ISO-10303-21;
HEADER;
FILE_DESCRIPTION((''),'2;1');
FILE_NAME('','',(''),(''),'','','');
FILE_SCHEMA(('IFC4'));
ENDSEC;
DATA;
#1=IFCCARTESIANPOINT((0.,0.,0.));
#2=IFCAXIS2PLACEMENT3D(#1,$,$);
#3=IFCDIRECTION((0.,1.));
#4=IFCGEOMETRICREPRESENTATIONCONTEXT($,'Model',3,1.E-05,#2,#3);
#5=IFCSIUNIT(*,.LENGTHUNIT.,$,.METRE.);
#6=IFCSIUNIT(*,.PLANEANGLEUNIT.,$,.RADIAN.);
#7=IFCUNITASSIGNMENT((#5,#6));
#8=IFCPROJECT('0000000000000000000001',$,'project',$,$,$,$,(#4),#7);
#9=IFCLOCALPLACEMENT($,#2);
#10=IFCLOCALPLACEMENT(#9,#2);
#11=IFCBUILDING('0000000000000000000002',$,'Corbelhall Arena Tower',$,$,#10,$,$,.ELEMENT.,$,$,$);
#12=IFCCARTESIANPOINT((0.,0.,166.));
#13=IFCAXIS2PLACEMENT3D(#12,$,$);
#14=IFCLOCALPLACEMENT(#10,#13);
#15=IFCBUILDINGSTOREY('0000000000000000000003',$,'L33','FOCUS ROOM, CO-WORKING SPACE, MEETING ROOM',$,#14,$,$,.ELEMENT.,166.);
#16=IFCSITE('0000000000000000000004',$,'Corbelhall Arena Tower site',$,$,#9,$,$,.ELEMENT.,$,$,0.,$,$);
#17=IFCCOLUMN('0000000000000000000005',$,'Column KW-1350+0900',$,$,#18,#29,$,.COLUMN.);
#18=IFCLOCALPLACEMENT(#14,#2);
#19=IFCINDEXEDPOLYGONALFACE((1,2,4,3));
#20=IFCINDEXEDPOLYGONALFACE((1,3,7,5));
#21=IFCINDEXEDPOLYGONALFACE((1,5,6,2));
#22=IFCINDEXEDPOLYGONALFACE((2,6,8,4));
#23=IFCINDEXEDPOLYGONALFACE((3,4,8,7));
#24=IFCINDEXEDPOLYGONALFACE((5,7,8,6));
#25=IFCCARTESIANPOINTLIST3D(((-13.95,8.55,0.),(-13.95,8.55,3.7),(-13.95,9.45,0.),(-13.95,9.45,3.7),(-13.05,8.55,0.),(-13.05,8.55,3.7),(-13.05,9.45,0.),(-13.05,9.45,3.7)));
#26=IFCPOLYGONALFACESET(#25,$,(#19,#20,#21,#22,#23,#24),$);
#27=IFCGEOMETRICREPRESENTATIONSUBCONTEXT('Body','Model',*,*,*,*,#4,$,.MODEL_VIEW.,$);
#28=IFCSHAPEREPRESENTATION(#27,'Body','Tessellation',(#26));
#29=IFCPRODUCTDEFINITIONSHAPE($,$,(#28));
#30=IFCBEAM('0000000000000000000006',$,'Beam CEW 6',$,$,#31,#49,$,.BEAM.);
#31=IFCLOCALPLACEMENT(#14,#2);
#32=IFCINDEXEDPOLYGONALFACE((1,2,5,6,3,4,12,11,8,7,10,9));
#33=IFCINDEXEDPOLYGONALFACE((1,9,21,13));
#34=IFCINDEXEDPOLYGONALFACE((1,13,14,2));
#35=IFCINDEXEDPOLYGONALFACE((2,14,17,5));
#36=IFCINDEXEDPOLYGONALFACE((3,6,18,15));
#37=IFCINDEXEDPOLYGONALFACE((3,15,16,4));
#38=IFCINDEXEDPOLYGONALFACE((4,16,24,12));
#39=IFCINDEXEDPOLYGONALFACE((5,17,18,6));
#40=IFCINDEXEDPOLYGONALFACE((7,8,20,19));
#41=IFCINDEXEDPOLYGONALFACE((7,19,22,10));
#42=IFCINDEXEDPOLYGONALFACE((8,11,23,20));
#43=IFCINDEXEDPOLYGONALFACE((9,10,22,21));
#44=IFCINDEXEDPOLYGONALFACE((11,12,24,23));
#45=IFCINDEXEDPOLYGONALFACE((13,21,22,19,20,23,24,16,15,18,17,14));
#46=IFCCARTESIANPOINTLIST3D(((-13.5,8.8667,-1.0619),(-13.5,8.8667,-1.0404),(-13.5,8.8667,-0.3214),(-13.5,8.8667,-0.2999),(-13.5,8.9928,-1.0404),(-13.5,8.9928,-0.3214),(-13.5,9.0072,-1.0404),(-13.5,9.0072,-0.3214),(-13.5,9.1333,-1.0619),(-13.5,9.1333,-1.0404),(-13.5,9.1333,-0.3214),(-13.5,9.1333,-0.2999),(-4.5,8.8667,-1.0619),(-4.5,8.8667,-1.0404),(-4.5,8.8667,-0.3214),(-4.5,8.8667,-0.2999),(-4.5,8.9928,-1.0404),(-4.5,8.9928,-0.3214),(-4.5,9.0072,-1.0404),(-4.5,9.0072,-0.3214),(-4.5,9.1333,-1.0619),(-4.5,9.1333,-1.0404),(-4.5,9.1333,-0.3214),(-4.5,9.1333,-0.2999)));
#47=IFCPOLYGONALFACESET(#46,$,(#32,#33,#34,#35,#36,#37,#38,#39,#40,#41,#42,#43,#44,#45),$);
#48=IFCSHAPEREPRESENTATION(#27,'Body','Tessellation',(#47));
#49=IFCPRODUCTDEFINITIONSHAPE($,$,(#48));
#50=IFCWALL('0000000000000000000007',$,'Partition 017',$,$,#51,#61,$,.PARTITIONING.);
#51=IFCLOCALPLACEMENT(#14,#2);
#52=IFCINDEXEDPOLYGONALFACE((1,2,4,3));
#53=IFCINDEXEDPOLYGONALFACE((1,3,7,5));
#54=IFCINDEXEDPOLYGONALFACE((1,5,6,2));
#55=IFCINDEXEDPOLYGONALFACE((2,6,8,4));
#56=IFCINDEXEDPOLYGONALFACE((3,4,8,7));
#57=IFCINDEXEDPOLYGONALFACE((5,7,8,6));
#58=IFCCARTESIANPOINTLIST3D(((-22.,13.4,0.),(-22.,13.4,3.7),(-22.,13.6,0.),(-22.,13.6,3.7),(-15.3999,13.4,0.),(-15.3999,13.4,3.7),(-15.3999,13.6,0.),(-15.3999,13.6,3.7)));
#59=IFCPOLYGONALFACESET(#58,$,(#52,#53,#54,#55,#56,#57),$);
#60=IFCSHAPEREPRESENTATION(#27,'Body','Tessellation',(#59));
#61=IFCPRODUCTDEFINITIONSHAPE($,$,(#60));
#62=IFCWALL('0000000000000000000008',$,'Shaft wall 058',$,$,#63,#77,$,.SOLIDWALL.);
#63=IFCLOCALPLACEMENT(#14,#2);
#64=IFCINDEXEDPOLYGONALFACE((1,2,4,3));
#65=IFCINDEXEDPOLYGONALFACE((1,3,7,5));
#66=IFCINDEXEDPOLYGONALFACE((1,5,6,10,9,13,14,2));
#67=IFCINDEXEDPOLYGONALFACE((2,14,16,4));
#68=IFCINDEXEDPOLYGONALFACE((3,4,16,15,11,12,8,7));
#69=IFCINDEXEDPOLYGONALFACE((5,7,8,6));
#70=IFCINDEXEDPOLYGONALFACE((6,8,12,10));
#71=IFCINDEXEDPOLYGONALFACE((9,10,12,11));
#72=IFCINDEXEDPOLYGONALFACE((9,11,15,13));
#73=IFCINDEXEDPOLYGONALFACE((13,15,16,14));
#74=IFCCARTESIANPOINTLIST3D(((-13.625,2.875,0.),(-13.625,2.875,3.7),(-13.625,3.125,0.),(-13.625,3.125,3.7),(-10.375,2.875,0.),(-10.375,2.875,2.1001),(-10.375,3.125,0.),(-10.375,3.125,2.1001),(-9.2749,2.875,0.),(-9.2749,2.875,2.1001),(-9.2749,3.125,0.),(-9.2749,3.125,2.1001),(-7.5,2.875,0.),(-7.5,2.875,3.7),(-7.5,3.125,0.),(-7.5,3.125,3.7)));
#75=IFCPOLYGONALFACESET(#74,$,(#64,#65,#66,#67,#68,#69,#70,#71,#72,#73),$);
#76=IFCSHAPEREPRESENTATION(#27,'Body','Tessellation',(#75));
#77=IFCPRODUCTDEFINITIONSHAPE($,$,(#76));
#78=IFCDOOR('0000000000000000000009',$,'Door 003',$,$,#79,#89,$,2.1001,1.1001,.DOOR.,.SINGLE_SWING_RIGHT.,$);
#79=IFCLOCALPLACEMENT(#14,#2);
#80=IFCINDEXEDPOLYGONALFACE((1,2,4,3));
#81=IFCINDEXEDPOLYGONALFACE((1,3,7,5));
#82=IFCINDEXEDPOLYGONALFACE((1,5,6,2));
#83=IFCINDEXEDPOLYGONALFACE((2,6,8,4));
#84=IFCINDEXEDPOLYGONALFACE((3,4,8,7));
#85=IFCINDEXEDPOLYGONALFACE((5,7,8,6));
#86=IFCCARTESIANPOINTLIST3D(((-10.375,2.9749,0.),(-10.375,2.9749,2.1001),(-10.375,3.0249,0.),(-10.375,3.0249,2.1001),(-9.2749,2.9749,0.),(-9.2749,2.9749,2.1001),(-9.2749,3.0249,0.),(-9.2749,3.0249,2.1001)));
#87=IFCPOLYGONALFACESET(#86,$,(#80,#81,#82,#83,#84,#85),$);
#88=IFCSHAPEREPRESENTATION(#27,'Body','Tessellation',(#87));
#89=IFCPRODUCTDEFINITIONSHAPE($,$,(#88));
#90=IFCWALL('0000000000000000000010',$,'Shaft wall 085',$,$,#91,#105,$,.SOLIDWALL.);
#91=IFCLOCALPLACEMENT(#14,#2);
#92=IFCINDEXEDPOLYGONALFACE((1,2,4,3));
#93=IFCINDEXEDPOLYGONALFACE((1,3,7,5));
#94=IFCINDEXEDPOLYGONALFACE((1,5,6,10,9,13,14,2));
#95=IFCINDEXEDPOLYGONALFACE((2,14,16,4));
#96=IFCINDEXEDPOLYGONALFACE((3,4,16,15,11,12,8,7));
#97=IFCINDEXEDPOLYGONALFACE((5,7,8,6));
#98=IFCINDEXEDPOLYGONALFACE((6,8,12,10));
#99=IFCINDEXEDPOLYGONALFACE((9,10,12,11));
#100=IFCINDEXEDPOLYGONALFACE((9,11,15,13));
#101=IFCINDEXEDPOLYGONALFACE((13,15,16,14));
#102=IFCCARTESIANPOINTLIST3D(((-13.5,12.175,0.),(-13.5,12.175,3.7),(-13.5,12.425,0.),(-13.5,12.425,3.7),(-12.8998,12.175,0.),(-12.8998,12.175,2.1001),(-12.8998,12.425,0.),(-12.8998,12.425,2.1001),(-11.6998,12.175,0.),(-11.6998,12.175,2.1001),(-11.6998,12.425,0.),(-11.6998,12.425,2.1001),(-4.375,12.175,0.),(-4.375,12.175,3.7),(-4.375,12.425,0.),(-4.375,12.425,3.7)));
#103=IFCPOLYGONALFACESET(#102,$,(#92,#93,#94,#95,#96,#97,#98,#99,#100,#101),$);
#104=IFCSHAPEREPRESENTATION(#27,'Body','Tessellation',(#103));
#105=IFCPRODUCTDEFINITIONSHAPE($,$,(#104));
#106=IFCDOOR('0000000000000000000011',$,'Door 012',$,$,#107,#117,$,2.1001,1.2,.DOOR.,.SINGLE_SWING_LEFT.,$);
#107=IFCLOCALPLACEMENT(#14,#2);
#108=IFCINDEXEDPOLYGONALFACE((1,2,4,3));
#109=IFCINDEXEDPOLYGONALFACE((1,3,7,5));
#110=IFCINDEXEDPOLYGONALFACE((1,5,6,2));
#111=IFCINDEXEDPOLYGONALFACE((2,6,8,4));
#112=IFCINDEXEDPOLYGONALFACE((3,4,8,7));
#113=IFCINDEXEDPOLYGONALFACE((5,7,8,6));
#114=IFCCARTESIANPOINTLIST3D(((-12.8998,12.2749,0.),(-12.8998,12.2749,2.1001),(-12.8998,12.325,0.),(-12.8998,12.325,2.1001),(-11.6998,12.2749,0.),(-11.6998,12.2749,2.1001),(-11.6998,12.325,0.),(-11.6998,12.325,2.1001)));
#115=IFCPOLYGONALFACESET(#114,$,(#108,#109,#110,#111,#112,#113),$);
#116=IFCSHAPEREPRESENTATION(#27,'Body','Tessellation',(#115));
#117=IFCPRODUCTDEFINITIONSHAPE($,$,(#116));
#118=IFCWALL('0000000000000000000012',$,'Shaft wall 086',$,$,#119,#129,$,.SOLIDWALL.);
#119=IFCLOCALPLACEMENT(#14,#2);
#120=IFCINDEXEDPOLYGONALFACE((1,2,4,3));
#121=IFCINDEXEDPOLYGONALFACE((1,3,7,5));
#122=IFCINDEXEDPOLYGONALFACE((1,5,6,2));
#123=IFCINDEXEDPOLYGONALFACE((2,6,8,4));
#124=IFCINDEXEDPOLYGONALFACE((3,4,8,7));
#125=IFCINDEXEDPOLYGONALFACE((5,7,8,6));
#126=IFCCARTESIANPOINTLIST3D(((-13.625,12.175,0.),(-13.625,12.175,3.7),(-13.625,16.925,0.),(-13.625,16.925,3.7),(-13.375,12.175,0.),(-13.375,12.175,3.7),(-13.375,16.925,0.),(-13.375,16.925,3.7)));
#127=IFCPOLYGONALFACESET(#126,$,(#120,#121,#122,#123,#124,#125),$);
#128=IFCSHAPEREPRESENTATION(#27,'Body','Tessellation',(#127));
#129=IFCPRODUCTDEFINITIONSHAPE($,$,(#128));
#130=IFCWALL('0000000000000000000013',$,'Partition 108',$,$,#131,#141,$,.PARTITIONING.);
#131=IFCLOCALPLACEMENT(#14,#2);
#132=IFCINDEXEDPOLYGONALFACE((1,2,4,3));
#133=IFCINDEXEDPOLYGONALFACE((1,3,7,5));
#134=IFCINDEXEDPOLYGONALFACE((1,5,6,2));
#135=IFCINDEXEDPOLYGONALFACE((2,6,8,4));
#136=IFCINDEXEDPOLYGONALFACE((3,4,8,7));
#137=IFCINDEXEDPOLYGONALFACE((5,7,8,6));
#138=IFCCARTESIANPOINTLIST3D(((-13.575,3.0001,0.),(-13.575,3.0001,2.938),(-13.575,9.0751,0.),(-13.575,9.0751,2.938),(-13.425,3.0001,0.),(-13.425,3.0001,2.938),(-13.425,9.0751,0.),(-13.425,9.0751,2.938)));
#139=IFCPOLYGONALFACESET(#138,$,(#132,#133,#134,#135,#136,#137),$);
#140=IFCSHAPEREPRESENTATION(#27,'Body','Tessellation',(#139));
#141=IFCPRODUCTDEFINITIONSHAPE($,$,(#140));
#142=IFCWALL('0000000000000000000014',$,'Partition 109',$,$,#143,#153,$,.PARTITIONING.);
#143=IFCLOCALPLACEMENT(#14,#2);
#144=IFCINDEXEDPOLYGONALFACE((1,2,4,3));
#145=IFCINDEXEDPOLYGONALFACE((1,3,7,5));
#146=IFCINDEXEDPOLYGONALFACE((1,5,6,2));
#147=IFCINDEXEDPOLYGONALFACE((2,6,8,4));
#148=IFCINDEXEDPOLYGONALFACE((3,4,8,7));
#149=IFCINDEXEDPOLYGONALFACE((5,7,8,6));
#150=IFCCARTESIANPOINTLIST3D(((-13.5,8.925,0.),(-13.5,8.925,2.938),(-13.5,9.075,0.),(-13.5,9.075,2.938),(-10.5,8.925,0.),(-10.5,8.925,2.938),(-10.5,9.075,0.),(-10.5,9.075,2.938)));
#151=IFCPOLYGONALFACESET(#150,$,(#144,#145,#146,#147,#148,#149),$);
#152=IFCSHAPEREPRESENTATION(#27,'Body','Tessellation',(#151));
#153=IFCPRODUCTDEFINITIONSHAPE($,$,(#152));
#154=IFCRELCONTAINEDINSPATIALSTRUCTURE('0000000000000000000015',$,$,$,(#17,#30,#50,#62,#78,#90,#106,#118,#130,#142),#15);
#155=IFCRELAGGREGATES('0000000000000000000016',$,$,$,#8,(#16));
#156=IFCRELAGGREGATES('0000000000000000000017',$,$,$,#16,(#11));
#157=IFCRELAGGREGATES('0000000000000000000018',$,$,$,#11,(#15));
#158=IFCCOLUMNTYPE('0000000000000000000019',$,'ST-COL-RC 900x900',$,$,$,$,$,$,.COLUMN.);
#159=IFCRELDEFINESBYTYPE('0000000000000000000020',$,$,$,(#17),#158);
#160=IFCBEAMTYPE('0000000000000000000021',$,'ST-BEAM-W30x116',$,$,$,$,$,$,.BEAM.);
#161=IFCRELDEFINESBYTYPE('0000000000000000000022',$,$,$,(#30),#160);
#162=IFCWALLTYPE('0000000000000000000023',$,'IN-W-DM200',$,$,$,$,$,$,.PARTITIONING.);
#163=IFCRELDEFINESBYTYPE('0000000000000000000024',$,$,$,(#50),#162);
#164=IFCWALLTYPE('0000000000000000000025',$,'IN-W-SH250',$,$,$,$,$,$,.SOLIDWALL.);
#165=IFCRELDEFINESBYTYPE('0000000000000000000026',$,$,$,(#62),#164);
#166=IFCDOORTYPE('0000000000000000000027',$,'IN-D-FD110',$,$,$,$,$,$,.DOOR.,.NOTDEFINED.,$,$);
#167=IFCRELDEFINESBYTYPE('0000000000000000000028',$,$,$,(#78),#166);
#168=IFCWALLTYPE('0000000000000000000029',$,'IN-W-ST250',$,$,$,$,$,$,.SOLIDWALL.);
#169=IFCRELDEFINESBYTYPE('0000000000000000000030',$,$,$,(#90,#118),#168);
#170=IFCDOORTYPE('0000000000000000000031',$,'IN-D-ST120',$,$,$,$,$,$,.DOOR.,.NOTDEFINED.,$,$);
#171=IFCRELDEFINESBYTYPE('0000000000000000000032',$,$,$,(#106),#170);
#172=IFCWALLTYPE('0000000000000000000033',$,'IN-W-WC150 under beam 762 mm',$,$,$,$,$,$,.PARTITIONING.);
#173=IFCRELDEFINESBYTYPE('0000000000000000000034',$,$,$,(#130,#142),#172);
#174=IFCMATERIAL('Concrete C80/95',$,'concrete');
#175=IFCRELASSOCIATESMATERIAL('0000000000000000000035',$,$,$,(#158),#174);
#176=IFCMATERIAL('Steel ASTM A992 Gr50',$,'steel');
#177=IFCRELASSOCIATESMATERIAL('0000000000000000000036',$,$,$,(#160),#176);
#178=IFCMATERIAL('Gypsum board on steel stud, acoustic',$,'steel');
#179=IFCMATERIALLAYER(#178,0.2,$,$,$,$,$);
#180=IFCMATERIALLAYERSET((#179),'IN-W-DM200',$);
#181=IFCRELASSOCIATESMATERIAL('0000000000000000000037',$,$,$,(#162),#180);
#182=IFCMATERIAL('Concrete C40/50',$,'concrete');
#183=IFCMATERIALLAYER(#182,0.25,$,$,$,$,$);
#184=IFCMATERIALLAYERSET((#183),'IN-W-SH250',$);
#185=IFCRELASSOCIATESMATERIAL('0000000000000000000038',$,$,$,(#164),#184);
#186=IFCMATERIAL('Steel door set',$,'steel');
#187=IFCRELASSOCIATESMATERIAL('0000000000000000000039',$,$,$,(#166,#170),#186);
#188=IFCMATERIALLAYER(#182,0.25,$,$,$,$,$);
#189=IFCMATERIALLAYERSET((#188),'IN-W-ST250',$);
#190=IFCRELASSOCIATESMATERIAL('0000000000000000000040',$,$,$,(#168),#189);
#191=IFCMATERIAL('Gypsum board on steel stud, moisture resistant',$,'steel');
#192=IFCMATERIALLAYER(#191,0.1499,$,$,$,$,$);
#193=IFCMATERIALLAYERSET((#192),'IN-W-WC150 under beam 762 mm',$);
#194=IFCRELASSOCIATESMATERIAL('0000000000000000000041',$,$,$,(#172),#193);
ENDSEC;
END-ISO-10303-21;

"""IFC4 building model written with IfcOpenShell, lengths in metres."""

from ifc_helpers import new_model, si_unit, direction, frame, frame_2d, origin, origin_2d, place, context, subcontext, project, spatial, rectangle, i_section, extrude, material, layer, layer_set, material_profile, profile_set, type_object, element, fill, save


model = new_model("IFC4")

# Units and contexts
model_context = context("Model", 3, precision=1e-05, world=origin(), true_north=direction((0.0, 1.0)))
body_context = subcontext(model_context, "Body", "Model", "MODEL_VIEW")
ifc_project = project(units=[si_unit("LENGTHUNIT", "METRE"), si_unit("PLANEANGLEUNIT", "RADIAN")], contexts=[model_context])

# Site, building, storey
site_placement = place(None, origin())
site = spatial("IfcSite", under=ifc_project, at=site_placement, Name="Corbelhall Arena Tower site", CompositionType="ELEMENT", RefElevation=0.0)
building_placement = place(site_placement, origin())
building = spatial("IfcBuilding", under=site, at=building_placement, Name="Corbelhall Arena Tower", CompositionType="ELEMENT")
storey_placement = place(building_placement, frame((0.0, 0.0, 166.0)))
storey = spatial("IfcBuildingStorey", under=building, at=storey_placement, Name="L33", Description="FOCUS ROOM, CO-WORKING SPACE, MEETING ROOM", CompositionType="ELEMENT", Elevation=166.0)

# Column
ifc_material_1 = material(Name="Concrete C80/95", Category="concrete")
ifc_material_profile_1 = material_profile(ifc_material_1, rectangle(XDim=0.8999, YDim=0.8999, at=origin_2d()))
ifc_profile_set_1 = profile_set([ifc_material_profile_1], Name="Concrete C80/95")
column_type = type_object("IfcColumnType", Name="ST-COL-RC 900x900", PredefinedType="COLUMN", material=ifc_profile_set_1)
column_placement = place(storey_placement, frame((-13.5, 9.0, 0.0), z_axis=(0.0, 0.0, 1.0), x_axis=(1.0, 0.0, 0.0)))
element("IfcColumn", 1, at=column_placement, inside=storey, type_object=column_type, Name="Column KW-1350+0900", PredefinedType="COLUMN", context=body_context, shape_type="SweptSolid", body=[
    extrude(rectangle(XDim=0.8999, YDim=0.8999, at=origin_2d()), origin(), (0.0, 0.0, 1.0), 3.7),
])

# Beam
ifc_material_2 = material(Name="Steel ASTM A992 Gr50", Category="steel")
ifc_material_profile_2 = material_profile(ifc_material_2, i_section(OverallWidth=0.2666, OverallDepth=0.762, WebThickness=0.0144, FlangeThickness=0.0215, at=origin_2d()))
ifc_profile_set_2 = profile_set([ifc_material_profile_2], Name="Steel ASTM A992 Gr50")
beam_type = type_object("IfcBeamType", Name="ST-BEAM-W30x116", PredefinedType="BEAM", material=ifc_profile_set_2)
beam_placement = place(storey_placement, frame((-13.5, 9.0, -0.6809), z_axis=(1.0, 0.0, 0.0), x_axis=(0.0, 1.0, 0.0)))
element("IfcBeam", 2, at=beam_placement, inside=storey, type_object=beam_type, Name="Beam CEW 6", PredefinedType="BEAM", context=body_context, shape_type="SweptSolid", body=[
    extrude(i_section(OverallWidth=0.2666, OverallDepth=0.762, WebThickness=0.0144, FlangeThickness=0.0215, at=origin_2d()), origin(), (0.0, 0.0, 1.0), 9.0),
])

# Shared definitions
ifc_material_3 = material(Name="Gypsum board on steel stud, acoustic", Category="steel")
ifc_layer_1 = layer(ifc_material_3, 0.2)
ifc_layer_set_1 = layer_set([ifc_layer_1], Name="IN-W-DM200")
wall_type_1 = type_object("IfcWallType", Name="IN-W-DM200", PredefinedType="PARTITIONING", material=ifc_layer_set_1)
ifc_material_4 = material(Name="Steel door set", Category="steel")

# Wall
wall_1_placement = place(storey_placement, frame((-15.3999, 13.5, 0.0), z_axis=(0.0, 0.0, 1.0), x_axis=(-1.0, 0.0, 0.0)))
element("IfcWall", 3, at=wall_1_placement, inside=storey, type_object=wall_type_1, Name="Partition 017", PredefinedType="PARTITIONING", context=body_context, shape_type="SweptSolid", body=[
    extrude(rectangle(XDim=6.6001, YDim=0.2, at=frame_2d((3.3, 0.0))), origin(), (0.0, 0.0, 1.0), 3.7),
])

# Walls, openings, doors
ifc_material_5 = material(Name="Concrete C40/50", Category="concrete")
ifc_layer_2 = layer(ifc_material_5, 0.25)
ifc_layer_set_2 = layer_set([ifc_layer_2], Name="IN-W-SH250")
wall_type_2 = type_object("IfcWallType", Name="IN-W-SH250", PredefinedType="SOLIDWALL", material=ifc_layer_set_2)
wall_2_placement = place(storey_placement, frame((-13.625, 3.0, 0.0), z_axis=(0.0, 0.0, 1.0), x_axis=(1.0, 0.0, 0.0)))
wall_2 = element("IfcWall", 4, at=wall_2_placement, inside=storey, type_object=wall_type_2, Name="Shaft wall 058", PredefinedType="SOLIDWALL", context=body_context, shape_type="SweptSolid", body=[
    extrude(rectangle(XDim=6.125, YDim=0.25, at=frame_2d((3.0625, 0.0))), origin(), (0.0, 0.0, 1.0), 3.7),
])
opening_1_placement = place(wall_2_placement, frame((3.25, 0.0, 0.0)))
opening_1 = element("IfcOpeningElement", 5, at=opening_1_placement, cuts=wall_2, PredefinedType="OPENING", context=body_context, shape_type="SweptSolid", body=[
    extrude(rectangle(XDim=1.1001, YDim=2.1001, at=frame_2d((0.55, 1.05))), frame((0.0, 0.125, 0.0), z_axis=(0.0, -1.0, 0.0), x_axis=(1.0, 0.0, 0.0)), (0.0, 0.0, 1.0), 0.25),
])
door_type_1 = type_object("IfcDoorType", Name="IN-D-FD110", OperationType="NOTDEFINED", PredefinedType="DOOR", material=ifc_material_4)
door_1_placement = place(opening_1_placement, origin())
door_1 = element("IfcDoor", 6, at=door_1_placement, inside=storey, type_object=door_type_1, Name="Door 003", OperationType="SINGLE_SWING_RIGHT", OverallHeight=2.1001, OverallWidth=1.1001, PredefinedType="DOOR", context=body_context, shape_type="SweptSolid", body=[
    extrude(rectangle(XDim=1.1001, YDim=2.1001, at=frame_2d((0.55, 1.05))), frame((0.0, 0.0249, 0.0), z_axis=(0.0, -1.0, 0.0), x_axis=(1.0, 0.0, 0.0)), (0.0, 0.0, 1.0), 0.05),
])
fill(opening_1, door_1)
ifc_layer_3 = layer(ifc_material_5, 0.25)
ifc_layer_set_3 = layer_set([ifc_layer_3], Name="IN-W-ST250")
wall_type_3 = type_object("IfcWallType", Name="IN-W-ST250", PredefinedType="SOLIDWALL", material=ifc_layer_set_3)
wall_3_placement = place(storey_placement, frame((-13.5, 12.3, 0.0), z_axis=(0.0, 0.0, 1.0), x_axis=(1.0, 0.0, 0.0)))
wall_3 = element("IfcWall", 7, at=wall_3_placement, inside=storey, type_object=wall_type_3, Name="Shaft wall 085", PredefinedType="SOLIDWALL", context=body_context, shape_type="SweptSolid", body=[
    extrude(rectangle(XDim=9.125, YDim=0.25, at=frame_2d((4.5625, 0.0))), origin(), (0.0, 0.0, 1.0), 3.7),
])
opening_2_placement = place(wall_3_placement, frame((0.6001, 0.0, 0.0)))
opening_2 = element("IfcOpeningElement", 8, at=opening_2_placement, cuts=wall_3, PredefinedType="OPENING", context=body_context, shape_type="SweptSolid", body=[
    extrude(rectangle(XDim=1.2, YDim=2.1001, at=frame_2d((0.6001, 1.05))), frame((0.0, 0.125, 0.0), z_axis=(0.0, -1.0, 0.0), x_axis=(1.0, 0.0, 0.0)), (0.0, 0.0, 1.0), 0.25),
])
door_type_2 = type_object("IfcDoorType", Name="IN-D-ST120", OperationType="NOTDEFINED", PredefinedType="DOOR", material=ifc_material_4)
door_2_placement = place(opening_2_placement, origin())
door_2 = element("IfcDoor", 9, at=door_2_placement, inside=storey, type_object=door_type_2, Name="Door 012", OperationType="SINGLE_SWING_LEFT", OverallHeight=2.1001, OverallWidth=1.2, PredefinedType="DOOR", context=body_context, shape_type="SweptSolid", body=[
    extrude(rectangle(XDim=1.2, YDim=2.1001, at=frame_2d((0.6001, 1.05))), frame((0.0, 0.0249, 0.0), z_axis=(0.0, -1.0, 0.0), x_axis=(1.0, 0.0, 0.0)), (0.0, 0.0, 1.0), 0.05),
])
fill(opening_2, door_2)

# Walls
wall_4_placement = place(storey_placement, frame((-13.5, 12.175, 0.0), z_axis=(0.0, 0.0, 1.0), x_axis=(0.0, 1.0, 0.0)))
element("IfcWall", 10, at=wall_4_placement, inside=storey, type_object=wall_type_3, Name="Shaft wall 086", PredefinedType="SOLIDWALL", context=body_context, shape_type="SweptSolid", body=[
    extrude(rectangle(XDim=4.75, YDim=0.25, at=frame_2d((2.375, 0.0))), origin(), (0.0, 0.0, 1.0), 3.7),
])
ifc_material_6 = material(Name="Gypsum board on steel stud, moisture resistant", Category="steel")
ifc_layer_4 = layer(ifc_material_6, 0.1499)
ifc_layer_set_4 = layer_set([ifc_layer_4], Name="IN-W-WC150 under beam 762 mm")
wall_type_4 = type_object("IfcWallType", Name="IN-W-WC150 under beam 762 mm", PredefinedType="PARTITIONING", material=ifc_layer_set_4)
wall_5_placement = place(storey_placement, frame((-13.5, 3.0, 0.0), z_axis=(0.0, 0.0, 1.0), x_axis=(0.0, 1.0, 0.0)))
element("IfcWall", 11, at=wall_5_placement, inside=storey, type_object=wall_type_4, Name="Partition 108", PredefinedType="PARTITIONING", context=body_context, shape_type="SweptSolid", body=[
    extrude(rectangle(XDim=6.075, YDim=0.1499, at=frame_2d((3.0376, 0.0))), origin(), (0.0, 0.0, 1.0), 2.938),
])
wall_6_placement = place(storey_placement, frame((-13.5, 9.0, 0.0), z_axis=(0.0, 0.0, 1.0), x_axis=(1.0, 0.0, 0.0)))
element("IfcWall", 12, at=wall_6_placement, inside=storey, type_object=wall_type_4, Name="Partition 109", PredefinedType="PARTITIONING", context=body_context, shape_type="SweptSolid", body=[
    extrude(rectangle(XDim=3.0, YDim=0.1499, at=frame_2d((1.5, 0.0))), origin(), (0.0, 0.0, 1.0), 2.938),
])

save(model, "model.ifc")
